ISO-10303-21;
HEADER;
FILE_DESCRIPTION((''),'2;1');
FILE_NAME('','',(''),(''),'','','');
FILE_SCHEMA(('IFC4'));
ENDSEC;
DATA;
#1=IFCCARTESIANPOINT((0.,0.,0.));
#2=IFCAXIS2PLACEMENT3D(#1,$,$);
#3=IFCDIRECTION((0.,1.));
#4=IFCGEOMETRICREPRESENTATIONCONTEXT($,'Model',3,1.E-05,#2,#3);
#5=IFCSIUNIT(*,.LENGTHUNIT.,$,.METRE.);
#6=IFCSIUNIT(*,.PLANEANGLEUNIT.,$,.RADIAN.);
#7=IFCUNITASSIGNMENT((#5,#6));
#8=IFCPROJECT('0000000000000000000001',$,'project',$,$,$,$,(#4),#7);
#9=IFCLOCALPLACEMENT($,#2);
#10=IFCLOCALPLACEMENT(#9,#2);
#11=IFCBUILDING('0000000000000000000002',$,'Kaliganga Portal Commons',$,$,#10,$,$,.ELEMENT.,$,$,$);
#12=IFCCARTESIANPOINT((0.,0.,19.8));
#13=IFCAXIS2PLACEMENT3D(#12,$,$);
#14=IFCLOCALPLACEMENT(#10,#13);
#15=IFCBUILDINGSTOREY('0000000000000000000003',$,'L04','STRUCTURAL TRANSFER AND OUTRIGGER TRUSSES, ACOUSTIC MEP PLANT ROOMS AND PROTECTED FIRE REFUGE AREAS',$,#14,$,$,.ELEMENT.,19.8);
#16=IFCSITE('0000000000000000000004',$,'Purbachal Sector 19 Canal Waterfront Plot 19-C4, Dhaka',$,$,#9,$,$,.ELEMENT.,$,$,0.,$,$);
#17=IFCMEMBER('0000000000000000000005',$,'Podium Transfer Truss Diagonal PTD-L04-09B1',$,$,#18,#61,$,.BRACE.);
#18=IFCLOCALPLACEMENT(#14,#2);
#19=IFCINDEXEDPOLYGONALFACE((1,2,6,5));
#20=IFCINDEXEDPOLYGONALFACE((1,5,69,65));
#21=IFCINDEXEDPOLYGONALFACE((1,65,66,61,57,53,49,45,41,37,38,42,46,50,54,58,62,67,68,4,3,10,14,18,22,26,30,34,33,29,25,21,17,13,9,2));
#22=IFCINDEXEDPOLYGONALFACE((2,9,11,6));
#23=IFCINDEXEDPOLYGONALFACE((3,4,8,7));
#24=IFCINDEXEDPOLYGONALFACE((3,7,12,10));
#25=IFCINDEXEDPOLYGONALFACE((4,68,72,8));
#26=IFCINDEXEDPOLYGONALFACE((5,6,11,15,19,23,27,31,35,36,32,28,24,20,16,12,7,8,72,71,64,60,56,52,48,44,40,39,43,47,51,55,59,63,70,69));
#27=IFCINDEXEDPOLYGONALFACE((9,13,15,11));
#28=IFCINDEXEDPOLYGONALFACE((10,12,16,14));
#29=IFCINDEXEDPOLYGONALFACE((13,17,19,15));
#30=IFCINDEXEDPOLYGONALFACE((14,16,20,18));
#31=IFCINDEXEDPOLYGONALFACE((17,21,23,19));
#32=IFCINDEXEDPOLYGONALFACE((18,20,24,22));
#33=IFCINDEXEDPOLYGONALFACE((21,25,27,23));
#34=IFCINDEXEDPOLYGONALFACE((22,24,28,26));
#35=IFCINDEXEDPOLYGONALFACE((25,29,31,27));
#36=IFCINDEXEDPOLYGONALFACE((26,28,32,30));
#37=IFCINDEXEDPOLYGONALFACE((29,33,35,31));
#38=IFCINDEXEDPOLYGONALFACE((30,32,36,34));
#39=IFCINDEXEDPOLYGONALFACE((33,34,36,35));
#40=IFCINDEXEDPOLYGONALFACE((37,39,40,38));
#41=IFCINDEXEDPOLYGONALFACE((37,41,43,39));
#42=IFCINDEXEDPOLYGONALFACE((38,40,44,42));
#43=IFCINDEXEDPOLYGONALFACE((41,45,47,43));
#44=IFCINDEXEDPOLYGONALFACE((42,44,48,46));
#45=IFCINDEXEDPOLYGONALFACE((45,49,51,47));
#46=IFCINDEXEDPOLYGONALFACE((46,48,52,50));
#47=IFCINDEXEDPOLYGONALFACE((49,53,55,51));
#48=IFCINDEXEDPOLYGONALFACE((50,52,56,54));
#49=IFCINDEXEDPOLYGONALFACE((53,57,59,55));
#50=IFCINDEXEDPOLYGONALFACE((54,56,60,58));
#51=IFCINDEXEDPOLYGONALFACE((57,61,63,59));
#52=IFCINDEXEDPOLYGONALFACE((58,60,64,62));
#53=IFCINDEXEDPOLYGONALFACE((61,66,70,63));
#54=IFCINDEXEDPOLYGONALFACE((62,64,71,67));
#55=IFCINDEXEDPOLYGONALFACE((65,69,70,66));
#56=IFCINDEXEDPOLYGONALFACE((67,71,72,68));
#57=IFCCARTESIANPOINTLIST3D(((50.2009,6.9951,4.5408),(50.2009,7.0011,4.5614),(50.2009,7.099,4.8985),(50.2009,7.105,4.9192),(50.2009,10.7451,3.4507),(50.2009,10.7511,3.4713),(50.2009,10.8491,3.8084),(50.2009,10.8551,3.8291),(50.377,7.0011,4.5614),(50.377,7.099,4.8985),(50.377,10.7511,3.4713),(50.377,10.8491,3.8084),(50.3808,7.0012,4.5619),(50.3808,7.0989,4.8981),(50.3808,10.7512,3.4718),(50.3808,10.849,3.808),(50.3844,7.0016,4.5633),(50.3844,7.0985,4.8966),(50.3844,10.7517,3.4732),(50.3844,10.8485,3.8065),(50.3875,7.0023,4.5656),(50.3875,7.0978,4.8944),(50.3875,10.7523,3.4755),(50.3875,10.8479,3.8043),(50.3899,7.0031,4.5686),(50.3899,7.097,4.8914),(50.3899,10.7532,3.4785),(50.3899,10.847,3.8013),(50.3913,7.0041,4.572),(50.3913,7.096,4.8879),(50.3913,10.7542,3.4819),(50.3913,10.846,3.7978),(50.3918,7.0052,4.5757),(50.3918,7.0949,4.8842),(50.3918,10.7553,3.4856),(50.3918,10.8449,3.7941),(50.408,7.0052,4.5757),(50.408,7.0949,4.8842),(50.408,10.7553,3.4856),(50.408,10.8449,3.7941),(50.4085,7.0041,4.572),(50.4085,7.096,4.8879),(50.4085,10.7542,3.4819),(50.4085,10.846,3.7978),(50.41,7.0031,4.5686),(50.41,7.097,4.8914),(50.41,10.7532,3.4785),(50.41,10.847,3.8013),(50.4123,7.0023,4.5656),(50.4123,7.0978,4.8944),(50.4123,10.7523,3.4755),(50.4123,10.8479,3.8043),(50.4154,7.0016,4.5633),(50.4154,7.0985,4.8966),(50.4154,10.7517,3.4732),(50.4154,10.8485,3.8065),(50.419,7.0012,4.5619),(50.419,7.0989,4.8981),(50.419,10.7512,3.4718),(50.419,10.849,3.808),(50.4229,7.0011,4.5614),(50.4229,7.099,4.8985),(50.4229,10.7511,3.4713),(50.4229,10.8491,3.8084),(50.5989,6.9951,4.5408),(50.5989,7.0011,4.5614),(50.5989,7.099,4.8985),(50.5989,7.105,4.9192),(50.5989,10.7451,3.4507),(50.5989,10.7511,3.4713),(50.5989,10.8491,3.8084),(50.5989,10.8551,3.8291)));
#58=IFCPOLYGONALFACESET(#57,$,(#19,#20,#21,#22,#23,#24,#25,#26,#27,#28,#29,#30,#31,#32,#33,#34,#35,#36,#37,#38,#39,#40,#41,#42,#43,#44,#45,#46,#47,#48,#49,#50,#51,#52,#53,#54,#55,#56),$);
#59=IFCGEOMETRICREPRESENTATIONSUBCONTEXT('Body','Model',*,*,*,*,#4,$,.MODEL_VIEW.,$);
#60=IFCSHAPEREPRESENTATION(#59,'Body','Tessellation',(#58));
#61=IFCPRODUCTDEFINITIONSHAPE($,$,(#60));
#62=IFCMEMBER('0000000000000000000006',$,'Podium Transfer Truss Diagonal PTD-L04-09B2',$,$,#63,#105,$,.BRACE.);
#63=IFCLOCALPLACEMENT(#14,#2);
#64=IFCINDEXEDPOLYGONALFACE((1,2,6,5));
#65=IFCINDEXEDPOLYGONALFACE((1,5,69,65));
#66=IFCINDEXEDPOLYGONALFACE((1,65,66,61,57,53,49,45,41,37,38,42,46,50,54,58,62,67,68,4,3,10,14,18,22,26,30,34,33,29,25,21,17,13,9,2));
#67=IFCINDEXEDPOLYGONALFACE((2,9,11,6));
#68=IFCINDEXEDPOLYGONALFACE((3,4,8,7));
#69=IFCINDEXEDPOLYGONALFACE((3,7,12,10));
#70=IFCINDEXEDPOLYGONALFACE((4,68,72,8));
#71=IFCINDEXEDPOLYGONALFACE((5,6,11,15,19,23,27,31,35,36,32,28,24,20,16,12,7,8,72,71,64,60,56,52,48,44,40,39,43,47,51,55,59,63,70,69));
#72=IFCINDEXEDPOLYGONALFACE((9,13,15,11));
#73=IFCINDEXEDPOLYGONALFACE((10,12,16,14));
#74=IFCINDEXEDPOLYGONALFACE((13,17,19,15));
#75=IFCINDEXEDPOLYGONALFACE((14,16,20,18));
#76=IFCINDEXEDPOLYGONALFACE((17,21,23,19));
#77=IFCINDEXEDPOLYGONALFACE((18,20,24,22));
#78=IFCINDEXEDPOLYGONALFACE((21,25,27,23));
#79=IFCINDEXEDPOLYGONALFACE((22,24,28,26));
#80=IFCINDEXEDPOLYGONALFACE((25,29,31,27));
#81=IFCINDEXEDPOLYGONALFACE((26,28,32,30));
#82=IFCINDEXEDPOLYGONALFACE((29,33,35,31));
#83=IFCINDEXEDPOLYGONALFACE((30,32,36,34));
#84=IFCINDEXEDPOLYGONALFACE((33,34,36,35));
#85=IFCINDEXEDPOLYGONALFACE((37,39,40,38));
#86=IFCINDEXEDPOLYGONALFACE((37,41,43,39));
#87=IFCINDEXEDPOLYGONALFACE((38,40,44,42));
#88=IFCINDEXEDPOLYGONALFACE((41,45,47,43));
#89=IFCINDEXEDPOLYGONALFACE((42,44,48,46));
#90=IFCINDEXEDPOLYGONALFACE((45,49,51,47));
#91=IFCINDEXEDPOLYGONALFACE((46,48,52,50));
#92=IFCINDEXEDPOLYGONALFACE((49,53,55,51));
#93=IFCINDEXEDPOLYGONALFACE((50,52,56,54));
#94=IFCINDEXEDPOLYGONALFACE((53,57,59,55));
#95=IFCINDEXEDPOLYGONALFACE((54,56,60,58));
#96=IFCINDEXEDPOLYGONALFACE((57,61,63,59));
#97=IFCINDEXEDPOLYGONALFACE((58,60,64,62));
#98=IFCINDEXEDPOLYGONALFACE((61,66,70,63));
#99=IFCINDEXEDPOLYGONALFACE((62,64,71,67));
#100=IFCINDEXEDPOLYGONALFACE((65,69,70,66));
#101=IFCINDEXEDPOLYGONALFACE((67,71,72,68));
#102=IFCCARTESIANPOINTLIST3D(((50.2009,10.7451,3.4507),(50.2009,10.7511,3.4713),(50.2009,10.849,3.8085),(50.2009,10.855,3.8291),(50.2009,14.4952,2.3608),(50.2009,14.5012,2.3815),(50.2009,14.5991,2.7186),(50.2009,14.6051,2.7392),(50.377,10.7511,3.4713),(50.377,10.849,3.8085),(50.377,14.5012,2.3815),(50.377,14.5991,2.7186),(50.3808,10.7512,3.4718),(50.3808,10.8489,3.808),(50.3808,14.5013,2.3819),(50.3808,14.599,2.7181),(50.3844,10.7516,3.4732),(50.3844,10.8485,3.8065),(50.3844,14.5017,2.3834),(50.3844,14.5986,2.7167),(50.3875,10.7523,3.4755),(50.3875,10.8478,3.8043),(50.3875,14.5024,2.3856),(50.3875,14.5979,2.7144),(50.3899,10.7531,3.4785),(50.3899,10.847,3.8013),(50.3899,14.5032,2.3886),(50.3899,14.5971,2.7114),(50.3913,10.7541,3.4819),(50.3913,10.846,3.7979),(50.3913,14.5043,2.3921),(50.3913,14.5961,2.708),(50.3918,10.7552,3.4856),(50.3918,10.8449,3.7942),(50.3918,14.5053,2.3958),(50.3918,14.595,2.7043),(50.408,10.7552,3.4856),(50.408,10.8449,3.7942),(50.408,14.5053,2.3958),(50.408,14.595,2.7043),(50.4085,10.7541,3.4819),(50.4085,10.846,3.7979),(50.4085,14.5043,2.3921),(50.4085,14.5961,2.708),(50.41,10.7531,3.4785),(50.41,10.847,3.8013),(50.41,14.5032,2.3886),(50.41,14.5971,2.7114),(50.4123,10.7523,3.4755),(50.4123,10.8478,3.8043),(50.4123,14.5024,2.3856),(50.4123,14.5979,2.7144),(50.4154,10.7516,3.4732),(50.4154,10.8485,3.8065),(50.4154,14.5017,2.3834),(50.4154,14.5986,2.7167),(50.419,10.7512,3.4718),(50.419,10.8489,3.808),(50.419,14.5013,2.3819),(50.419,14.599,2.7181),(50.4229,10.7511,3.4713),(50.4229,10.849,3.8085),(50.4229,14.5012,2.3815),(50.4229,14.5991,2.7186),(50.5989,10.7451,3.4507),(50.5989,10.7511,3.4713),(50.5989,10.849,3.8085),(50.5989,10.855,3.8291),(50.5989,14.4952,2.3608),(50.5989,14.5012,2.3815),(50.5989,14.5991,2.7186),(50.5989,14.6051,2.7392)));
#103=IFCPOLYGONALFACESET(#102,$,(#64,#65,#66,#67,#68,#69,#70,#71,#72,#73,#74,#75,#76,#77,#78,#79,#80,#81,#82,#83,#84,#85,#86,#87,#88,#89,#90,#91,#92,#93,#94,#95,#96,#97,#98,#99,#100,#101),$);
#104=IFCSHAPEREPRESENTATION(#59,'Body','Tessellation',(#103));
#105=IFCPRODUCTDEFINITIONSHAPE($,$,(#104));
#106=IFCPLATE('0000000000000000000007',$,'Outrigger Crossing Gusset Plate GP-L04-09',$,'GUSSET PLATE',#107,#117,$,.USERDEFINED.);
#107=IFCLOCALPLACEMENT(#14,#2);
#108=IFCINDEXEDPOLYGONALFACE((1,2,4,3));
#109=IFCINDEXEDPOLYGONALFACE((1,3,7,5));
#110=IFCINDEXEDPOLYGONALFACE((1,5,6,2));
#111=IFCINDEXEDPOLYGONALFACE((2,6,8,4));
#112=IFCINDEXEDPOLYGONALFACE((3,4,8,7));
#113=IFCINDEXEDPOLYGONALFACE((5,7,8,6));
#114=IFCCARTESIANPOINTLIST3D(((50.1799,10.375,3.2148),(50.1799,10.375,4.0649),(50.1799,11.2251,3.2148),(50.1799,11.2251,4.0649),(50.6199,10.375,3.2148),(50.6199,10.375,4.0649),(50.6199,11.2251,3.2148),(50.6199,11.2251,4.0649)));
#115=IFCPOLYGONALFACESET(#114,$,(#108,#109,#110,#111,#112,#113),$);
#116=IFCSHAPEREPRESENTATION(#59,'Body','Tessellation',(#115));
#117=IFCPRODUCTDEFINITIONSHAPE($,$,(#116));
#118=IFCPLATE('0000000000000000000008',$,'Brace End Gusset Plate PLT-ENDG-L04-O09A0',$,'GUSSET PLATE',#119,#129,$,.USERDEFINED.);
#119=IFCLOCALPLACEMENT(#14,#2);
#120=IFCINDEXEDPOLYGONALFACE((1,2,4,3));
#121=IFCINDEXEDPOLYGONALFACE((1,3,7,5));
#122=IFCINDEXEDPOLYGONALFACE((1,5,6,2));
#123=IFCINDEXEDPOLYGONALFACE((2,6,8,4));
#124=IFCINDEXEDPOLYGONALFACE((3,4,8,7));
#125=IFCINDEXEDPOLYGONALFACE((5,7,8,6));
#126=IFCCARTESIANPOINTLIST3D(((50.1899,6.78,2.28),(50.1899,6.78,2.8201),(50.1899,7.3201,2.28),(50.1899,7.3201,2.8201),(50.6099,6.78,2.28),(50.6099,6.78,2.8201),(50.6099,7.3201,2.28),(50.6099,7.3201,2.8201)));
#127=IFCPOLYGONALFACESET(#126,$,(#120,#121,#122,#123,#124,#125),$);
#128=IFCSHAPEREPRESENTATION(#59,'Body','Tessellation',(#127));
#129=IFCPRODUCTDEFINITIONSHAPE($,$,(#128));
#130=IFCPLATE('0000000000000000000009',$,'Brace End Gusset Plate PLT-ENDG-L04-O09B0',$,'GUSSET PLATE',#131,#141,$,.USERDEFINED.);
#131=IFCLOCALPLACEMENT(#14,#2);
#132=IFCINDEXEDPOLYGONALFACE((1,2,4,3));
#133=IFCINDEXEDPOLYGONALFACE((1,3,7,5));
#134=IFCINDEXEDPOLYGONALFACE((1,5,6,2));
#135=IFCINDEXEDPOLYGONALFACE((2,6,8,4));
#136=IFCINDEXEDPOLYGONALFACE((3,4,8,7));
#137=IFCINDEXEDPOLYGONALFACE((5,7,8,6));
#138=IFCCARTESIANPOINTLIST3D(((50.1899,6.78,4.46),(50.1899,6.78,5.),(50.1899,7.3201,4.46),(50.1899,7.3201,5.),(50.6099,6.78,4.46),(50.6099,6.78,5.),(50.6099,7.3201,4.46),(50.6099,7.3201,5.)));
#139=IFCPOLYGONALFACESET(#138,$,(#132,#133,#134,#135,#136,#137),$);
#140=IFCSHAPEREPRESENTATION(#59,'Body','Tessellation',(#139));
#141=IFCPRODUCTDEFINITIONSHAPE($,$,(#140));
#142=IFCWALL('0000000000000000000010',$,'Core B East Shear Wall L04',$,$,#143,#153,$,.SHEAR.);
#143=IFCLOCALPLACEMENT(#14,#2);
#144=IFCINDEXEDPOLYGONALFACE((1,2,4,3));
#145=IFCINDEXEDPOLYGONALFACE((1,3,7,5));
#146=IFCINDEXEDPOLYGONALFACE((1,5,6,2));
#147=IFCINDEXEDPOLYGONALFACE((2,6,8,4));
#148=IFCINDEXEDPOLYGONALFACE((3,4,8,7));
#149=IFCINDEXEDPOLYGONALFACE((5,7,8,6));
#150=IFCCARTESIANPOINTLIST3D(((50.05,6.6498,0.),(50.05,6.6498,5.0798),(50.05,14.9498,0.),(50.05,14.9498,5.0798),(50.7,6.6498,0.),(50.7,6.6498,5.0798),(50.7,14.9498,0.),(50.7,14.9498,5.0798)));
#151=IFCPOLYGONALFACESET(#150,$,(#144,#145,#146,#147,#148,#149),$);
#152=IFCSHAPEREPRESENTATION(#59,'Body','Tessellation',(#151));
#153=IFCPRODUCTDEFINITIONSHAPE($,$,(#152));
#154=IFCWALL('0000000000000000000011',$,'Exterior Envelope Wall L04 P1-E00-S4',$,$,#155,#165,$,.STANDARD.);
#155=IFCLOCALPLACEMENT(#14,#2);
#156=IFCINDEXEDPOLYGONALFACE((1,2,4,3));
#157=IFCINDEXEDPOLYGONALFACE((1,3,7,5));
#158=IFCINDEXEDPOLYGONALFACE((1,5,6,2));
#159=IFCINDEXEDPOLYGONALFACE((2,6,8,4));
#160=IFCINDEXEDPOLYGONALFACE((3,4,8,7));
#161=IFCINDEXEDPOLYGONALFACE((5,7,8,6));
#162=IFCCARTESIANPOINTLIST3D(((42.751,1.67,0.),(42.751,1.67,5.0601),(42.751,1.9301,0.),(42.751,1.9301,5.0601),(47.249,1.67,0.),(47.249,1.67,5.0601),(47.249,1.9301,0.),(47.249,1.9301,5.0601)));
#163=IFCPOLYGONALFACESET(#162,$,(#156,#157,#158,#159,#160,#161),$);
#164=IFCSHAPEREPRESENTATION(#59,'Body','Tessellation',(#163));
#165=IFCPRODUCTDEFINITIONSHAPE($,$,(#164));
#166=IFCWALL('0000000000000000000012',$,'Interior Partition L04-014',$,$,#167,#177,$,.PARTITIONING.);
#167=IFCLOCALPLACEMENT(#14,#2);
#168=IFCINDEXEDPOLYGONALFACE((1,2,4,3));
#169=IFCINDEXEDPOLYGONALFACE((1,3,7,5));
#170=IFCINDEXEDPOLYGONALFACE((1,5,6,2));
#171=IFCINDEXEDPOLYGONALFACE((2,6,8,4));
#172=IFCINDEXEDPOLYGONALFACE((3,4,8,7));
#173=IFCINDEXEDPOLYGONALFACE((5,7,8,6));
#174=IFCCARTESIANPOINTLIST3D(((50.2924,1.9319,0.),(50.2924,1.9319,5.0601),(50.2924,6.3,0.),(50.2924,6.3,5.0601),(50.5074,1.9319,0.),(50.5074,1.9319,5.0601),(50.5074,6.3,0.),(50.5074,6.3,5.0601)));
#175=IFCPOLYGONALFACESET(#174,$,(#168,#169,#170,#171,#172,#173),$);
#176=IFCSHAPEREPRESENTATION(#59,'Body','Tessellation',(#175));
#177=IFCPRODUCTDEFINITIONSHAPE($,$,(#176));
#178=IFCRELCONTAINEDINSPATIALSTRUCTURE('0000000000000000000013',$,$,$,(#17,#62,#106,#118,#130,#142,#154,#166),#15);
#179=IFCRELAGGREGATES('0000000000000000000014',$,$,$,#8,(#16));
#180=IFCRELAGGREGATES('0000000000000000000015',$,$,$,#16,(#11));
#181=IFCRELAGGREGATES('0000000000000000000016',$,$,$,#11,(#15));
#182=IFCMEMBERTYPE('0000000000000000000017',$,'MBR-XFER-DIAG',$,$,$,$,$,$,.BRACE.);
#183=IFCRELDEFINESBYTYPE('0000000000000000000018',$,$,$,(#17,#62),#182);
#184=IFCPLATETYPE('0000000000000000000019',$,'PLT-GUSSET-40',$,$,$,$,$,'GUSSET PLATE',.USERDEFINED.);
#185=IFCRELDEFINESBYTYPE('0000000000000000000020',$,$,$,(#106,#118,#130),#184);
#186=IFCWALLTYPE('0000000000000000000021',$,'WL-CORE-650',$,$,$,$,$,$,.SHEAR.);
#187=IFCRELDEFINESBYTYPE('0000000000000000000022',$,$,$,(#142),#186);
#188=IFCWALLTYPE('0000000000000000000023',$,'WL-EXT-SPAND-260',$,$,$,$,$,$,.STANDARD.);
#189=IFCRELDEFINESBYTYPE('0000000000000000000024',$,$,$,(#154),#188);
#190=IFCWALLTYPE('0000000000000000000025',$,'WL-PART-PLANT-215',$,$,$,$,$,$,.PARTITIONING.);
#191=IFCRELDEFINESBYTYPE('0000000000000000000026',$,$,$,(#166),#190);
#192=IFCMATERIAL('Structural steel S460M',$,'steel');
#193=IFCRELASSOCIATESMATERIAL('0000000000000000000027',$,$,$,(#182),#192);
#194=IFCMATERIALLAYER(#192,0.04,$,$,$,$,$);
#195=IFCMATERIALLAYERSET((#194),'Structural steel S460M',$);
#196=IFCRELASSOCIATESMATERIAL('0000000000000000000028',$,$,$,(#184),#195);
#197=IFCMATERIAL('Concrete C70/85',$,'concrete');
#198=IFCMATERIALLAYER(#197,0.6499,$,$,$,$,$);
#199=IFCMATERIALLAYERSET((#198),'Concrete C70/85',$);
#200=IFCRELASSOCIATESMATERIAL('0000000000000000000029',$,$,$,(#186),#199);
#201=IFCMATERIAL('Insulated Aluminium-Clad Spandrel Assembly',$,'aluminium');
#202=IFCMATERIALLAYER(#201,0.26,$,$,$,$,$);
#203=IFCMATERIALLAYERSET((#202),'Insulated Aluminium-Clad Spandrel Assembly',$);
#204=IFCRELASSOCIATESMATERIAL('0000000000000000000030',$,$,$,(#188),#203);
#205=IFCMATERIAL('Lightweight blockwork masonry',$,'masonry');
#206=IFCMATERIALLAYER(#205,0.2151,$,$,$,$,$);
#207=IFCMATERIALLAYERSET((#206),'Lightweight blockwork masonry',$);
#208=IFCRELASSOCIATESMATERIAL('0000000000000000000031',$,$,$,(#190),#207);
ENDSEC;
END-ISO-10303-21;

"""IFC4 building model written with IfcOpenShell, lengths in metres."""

from ifc_helpers import new_model, si_unit, direction, frame, frame_2d, origin, origin_2d, place, context, subcontext, project, spatial, rectangle, i_section, extrude, source, transform, mapped, material, layer, layer_set, material_profile, profile_set, type_object, element, save


model = new_model("IFC4")

# Units and contexts
model_context = context("Model", 3, precision=1e-05, world=origin(), true_north=direction((0.0, 1.0)))
body_context = subcontext(model_context, "Body", "Model", "MODEL_VIEW")
ifc_project = project(units=[si_unit("LENGTHUNIT", "METRE"), si_unit("PLANEANGLEUNIT", "RADIAN")], contexts=[model_context])

# Site, building, storey
site_placement = place(None, origin())
site = spatial("IfcSite", under=ifc_project, at=site_placement, Name="Purbachal Sector 19 Canal Waterfront Plot 19-C4, Dhaka", CompositionType="ELEMENT", RefElevation=0.0)
building_placement = place(site_placement, origin())
building = spatial("IfcBuilding", under=site, at=building_placement, Name="Kaliganga Portal Commons", CompositionType="ELEMENT")
storey_placement = place(building_placement, frame((0.0, 0.0, 19.8)))
storey = spatial("IfcBuildingStorey", under=building, at=storey_placement, Name="L04", Description="STRUCTURAL TRANSFER AND OUTRIGGER TRUSSES, ACOUSTIC MEP PLANT ROOMS AND PROTECTED FIRE REFUGE AREAS", CompositionType="ELEMENT", Elevation=19.8)

# Shared definitions
ifc_material_1 = material(Name="Concrete C70/85", Category="concrete")

# Members
ifc_material_2 = material(Name="Structural steel S460M", Category="steel")
ifc_material_profile_1 = material_profile(ifc_material_2, i_section(OverallWidth=0.3979, OverallDepth=0.394, WebThickness=0.0161, FlangeThickness=0.0215, FilletRadius=0.0149, at=origin_2d()), Name="HD 400x262")
ifc_profile_set_1 = profile_set([ifc_material_profile_1], Name="Structural steel S460M wide-flange")
member_type_1 = type_object("IfcMemberType", Name="MBR-XFER-DIAG", PredefinedType="BRACE", material=ifc_profile_set_1)
shared_shape_1 = source(origin(), body_context, "Body", "SweptSolid", [
    extrude(i_section(OverallWidth=0.3979, OverallDepth=0.394, WebThickness=0.0161, FlangeThickness=0.0215, FilletRadius=0.0149, at=origin_2d()), origin(), (0.0, 0.0, 1.0), 3.9053),
])
for number, where, z_axis, x_axis, name in (
    (1, (50.3999, 7.05, 4.73), (0.0, 0.960252, -0.279136), (-1.0, 0.0, 0.0), "Podium Transfer Truss Diagonal PTD-L04-09B1"),
    (2, (50.3999, 10.8, 3.6399), (0.0, 0.960268, -0.279078), (-1.0, 0.0, 0.0), "Podium Transfer Truss Diagonal PTD-L04-09B2"),
):
    element("IfcMember", number, at=place(storey_placement, frame(where, z_axis=z_axis, x_axis=x_axis)), inside=storey, type_object=member_type_1, Name=name, PredefinedType="BRACE", context=body_context, shape_type="MappedRepresentation", body=[
        mapped(shared_shape_1, transform((0.0, 0.0, 0.0), x_axis=(1.0, 0.0, 0.0), y_axis=(0.0, 1.0, 0.0), z_axis=(0.0, 0.0, 1.0), scale=1.0)),
    ])

# Plates
ifc_layer_1 = layer(ifc_material_2, 0.04)
ifc_layer_set_1 = layer_set([ifc_layer_1], Name="Structural steel S460M")
plate_type = type_object("IfcPlateType", Name="PLT-GUSSET-40", ElementType="GUSSET PLATE", PredefinedType="USERDEFINED", material=ifc_layer_set_1)
shared_shape_2 = source(origin(), body_context, "Body", "SweptSolid", [
    extrude(rectangle(XDim=0.8501, YDim=0.4399, at=origin_2d()), origin(), (0.0, 0.0, 1.0), 0.8501),
])
plate_placement = place(storey_placement, frame((50.3999, 10.8, 3.2148), z_axis=(0.0, 0.0, 1.0), x_axis=(0.0, 1.0, 0.0)))
element("IfcPlate", 3, at=plate_placement, inside=storey, type_object=plate_type, Name="Outrigger Crossing Gusset Plate GP-L04-09", ObjectType="GUSSET PLATE", PredefinedType="USERDEFINED", context=body_context, shape_type="MappedRepresentation", body=[
    mapped(shared_shape_2, transform((0.0, 0.0, 0.0), x_axis=(1.0, 0.0, 0.0), y_axis=(0.0, 1.0, 0.0), z_axis=(0.0, 0.0, 1.0), scale=1.0)),
])
shared_shape_3 = source(origin(), body_context, "Body", "SweptSolid", [
    extrude(rectangle(XDim=0.54, YDim=0.4199, at=origin_2d()), origin(), (0.0, 0.0, 1.0), 0.54),
])
for number, where, z_axis, x_axis, name in (
    (4, (50.3999, 7.05, 2.28), (0.0, 0.0, 1.0), (0.0, 1.0, 0.0), "Brace End Gusset Plate PLT-ENDG-L04-O09A0"),
    (5, (50.3999, 7.05, 4.46), (0.0, 0.0, 1.0), (0.0, 1.0, 0.0), "Brace End Gusset Plate PLT-ENDG-L04-O09B0"),
):
    element("IfcPlate", number, at=place(storey_placement, frame(where, z_axis=z_axis, x_axis=x_axis)), inside=storey, type_object=plate_type, Name=name, ObjectType="GUSSET PLATE", PredefinedType="USERDEFINED", context=body_context, shape_type="MappedRepresentation", body=[
        mapped(shared_shape_3, transform((0.0, 0.0, 0.0), x_axis=(1.0, 0.0, 0.0), y_axis=(0.0, 1.0, 0.0), z_axis=(0.0, 0.0, 1.0), scale=1.0)),
    ])

# Walls
ifc_layer_2 = layer(ifc_material_1, 0.6499)
ifc_layer_set_2 = layer_set([ifc_layer_2], Name="Concrete C70/85")
wall_type_1 = type_object("IfcWallType", Name="WL-CORE-650", PredefinedType="SHEAR", material=ifc_layer_set_2)
wall_1_placement = place(storey_placement, frame((50.375, 6.6499, 0.0), z_axis=(0.0, 0.0, 1.0), x_axis=(0.0, 1.0, 0.0)))
element("IfcWall", 6, at=wall_1_placement, inside=storey, type_object=wall_type_1, Name="Core B East Shear Wall L04", PredefinedType="SHEAR", context=body_context, shape_type="SweptSolid", body=[
    extrude(rectangle(XDim=8.3, YDim=0.6499, at=frame_2d((4.1499, 0.0))), origin(), (0.0, 0.0, 1.0), 5.0798),
])
ifc_material_3 = material(Name="Insulated Aluminium-Clad Spandrel Assembly", Category="aluminium")
ifc_layer_3 = layer(ifc_material_3, 0.26)
ifc_layer_set_3 = layer_set([ifc_layer_3], Name="Insulated Aluminium-Clad Spandrel Assembly")
wall_type_2 = type_object("IfcWallType", Name="WL-EXT-SPAND-260", PredefinedType="STANDARD", material=ifc_layer_set_3)
wall_2_placement = place(storey_placement, frame((47.249, 1.8, 0.0), z_axis=(0.0, 0.0, 1.0), x_axis=(-1.0, 0.0, 0.0)))
element("IfcWall", 7, at=wall_2_placement, inside=storey, type_object=wall_type_2, Name="Exterior Envelope Wall L04 P1-E00-S4", PredefinedType="STANDARD", context=body_context, shape_type="SweptSolid", body=[
    extrude(rectangle(XDim=4.498, YDim=0.26, at=frame_2d((2.249, 0.0))), origin(), (0.0, 0.0, 1.0), 5.0601),
])
ifc_material_4 = material(Name="Lightweight blockwork masonry", Category="masonry")
ifc_layer_4 = layer(ifc_material_4, 0.2151)
ifc_layer_set_4 = layer_set([ifc_layer_4], Name="Lightweight blockwork masonry")
wall_type_3 = type_object("IfcWallType", Name="WL-PART-PLANT-215", PredefinedType="PARTITIONING", material=ifc_layer_set_4)
wall_3_placement = place(storey_placement, frame((50.3999, 1.9319, 0.0), z_axis=(0.0, 0.0, 1.0), x_axis=(0.0, 1.0, 0.0)))
element("IfcWall", 8, at=wall_3_placement, inside=storey, type_object=wall_type_3, Name="Interior Partition L04-014", PredefinedType="PARTITIONING", context=body_context, shape_type="SweptSolid", body=[
    extrude(rectangle(XDim=4.3682, YDim=0.2151, at=frame_2d((2.1841, 0.0))), origin(), (0.0, 0.0, 1.0), 5.0601),
])

save(model, "model.ifc")
